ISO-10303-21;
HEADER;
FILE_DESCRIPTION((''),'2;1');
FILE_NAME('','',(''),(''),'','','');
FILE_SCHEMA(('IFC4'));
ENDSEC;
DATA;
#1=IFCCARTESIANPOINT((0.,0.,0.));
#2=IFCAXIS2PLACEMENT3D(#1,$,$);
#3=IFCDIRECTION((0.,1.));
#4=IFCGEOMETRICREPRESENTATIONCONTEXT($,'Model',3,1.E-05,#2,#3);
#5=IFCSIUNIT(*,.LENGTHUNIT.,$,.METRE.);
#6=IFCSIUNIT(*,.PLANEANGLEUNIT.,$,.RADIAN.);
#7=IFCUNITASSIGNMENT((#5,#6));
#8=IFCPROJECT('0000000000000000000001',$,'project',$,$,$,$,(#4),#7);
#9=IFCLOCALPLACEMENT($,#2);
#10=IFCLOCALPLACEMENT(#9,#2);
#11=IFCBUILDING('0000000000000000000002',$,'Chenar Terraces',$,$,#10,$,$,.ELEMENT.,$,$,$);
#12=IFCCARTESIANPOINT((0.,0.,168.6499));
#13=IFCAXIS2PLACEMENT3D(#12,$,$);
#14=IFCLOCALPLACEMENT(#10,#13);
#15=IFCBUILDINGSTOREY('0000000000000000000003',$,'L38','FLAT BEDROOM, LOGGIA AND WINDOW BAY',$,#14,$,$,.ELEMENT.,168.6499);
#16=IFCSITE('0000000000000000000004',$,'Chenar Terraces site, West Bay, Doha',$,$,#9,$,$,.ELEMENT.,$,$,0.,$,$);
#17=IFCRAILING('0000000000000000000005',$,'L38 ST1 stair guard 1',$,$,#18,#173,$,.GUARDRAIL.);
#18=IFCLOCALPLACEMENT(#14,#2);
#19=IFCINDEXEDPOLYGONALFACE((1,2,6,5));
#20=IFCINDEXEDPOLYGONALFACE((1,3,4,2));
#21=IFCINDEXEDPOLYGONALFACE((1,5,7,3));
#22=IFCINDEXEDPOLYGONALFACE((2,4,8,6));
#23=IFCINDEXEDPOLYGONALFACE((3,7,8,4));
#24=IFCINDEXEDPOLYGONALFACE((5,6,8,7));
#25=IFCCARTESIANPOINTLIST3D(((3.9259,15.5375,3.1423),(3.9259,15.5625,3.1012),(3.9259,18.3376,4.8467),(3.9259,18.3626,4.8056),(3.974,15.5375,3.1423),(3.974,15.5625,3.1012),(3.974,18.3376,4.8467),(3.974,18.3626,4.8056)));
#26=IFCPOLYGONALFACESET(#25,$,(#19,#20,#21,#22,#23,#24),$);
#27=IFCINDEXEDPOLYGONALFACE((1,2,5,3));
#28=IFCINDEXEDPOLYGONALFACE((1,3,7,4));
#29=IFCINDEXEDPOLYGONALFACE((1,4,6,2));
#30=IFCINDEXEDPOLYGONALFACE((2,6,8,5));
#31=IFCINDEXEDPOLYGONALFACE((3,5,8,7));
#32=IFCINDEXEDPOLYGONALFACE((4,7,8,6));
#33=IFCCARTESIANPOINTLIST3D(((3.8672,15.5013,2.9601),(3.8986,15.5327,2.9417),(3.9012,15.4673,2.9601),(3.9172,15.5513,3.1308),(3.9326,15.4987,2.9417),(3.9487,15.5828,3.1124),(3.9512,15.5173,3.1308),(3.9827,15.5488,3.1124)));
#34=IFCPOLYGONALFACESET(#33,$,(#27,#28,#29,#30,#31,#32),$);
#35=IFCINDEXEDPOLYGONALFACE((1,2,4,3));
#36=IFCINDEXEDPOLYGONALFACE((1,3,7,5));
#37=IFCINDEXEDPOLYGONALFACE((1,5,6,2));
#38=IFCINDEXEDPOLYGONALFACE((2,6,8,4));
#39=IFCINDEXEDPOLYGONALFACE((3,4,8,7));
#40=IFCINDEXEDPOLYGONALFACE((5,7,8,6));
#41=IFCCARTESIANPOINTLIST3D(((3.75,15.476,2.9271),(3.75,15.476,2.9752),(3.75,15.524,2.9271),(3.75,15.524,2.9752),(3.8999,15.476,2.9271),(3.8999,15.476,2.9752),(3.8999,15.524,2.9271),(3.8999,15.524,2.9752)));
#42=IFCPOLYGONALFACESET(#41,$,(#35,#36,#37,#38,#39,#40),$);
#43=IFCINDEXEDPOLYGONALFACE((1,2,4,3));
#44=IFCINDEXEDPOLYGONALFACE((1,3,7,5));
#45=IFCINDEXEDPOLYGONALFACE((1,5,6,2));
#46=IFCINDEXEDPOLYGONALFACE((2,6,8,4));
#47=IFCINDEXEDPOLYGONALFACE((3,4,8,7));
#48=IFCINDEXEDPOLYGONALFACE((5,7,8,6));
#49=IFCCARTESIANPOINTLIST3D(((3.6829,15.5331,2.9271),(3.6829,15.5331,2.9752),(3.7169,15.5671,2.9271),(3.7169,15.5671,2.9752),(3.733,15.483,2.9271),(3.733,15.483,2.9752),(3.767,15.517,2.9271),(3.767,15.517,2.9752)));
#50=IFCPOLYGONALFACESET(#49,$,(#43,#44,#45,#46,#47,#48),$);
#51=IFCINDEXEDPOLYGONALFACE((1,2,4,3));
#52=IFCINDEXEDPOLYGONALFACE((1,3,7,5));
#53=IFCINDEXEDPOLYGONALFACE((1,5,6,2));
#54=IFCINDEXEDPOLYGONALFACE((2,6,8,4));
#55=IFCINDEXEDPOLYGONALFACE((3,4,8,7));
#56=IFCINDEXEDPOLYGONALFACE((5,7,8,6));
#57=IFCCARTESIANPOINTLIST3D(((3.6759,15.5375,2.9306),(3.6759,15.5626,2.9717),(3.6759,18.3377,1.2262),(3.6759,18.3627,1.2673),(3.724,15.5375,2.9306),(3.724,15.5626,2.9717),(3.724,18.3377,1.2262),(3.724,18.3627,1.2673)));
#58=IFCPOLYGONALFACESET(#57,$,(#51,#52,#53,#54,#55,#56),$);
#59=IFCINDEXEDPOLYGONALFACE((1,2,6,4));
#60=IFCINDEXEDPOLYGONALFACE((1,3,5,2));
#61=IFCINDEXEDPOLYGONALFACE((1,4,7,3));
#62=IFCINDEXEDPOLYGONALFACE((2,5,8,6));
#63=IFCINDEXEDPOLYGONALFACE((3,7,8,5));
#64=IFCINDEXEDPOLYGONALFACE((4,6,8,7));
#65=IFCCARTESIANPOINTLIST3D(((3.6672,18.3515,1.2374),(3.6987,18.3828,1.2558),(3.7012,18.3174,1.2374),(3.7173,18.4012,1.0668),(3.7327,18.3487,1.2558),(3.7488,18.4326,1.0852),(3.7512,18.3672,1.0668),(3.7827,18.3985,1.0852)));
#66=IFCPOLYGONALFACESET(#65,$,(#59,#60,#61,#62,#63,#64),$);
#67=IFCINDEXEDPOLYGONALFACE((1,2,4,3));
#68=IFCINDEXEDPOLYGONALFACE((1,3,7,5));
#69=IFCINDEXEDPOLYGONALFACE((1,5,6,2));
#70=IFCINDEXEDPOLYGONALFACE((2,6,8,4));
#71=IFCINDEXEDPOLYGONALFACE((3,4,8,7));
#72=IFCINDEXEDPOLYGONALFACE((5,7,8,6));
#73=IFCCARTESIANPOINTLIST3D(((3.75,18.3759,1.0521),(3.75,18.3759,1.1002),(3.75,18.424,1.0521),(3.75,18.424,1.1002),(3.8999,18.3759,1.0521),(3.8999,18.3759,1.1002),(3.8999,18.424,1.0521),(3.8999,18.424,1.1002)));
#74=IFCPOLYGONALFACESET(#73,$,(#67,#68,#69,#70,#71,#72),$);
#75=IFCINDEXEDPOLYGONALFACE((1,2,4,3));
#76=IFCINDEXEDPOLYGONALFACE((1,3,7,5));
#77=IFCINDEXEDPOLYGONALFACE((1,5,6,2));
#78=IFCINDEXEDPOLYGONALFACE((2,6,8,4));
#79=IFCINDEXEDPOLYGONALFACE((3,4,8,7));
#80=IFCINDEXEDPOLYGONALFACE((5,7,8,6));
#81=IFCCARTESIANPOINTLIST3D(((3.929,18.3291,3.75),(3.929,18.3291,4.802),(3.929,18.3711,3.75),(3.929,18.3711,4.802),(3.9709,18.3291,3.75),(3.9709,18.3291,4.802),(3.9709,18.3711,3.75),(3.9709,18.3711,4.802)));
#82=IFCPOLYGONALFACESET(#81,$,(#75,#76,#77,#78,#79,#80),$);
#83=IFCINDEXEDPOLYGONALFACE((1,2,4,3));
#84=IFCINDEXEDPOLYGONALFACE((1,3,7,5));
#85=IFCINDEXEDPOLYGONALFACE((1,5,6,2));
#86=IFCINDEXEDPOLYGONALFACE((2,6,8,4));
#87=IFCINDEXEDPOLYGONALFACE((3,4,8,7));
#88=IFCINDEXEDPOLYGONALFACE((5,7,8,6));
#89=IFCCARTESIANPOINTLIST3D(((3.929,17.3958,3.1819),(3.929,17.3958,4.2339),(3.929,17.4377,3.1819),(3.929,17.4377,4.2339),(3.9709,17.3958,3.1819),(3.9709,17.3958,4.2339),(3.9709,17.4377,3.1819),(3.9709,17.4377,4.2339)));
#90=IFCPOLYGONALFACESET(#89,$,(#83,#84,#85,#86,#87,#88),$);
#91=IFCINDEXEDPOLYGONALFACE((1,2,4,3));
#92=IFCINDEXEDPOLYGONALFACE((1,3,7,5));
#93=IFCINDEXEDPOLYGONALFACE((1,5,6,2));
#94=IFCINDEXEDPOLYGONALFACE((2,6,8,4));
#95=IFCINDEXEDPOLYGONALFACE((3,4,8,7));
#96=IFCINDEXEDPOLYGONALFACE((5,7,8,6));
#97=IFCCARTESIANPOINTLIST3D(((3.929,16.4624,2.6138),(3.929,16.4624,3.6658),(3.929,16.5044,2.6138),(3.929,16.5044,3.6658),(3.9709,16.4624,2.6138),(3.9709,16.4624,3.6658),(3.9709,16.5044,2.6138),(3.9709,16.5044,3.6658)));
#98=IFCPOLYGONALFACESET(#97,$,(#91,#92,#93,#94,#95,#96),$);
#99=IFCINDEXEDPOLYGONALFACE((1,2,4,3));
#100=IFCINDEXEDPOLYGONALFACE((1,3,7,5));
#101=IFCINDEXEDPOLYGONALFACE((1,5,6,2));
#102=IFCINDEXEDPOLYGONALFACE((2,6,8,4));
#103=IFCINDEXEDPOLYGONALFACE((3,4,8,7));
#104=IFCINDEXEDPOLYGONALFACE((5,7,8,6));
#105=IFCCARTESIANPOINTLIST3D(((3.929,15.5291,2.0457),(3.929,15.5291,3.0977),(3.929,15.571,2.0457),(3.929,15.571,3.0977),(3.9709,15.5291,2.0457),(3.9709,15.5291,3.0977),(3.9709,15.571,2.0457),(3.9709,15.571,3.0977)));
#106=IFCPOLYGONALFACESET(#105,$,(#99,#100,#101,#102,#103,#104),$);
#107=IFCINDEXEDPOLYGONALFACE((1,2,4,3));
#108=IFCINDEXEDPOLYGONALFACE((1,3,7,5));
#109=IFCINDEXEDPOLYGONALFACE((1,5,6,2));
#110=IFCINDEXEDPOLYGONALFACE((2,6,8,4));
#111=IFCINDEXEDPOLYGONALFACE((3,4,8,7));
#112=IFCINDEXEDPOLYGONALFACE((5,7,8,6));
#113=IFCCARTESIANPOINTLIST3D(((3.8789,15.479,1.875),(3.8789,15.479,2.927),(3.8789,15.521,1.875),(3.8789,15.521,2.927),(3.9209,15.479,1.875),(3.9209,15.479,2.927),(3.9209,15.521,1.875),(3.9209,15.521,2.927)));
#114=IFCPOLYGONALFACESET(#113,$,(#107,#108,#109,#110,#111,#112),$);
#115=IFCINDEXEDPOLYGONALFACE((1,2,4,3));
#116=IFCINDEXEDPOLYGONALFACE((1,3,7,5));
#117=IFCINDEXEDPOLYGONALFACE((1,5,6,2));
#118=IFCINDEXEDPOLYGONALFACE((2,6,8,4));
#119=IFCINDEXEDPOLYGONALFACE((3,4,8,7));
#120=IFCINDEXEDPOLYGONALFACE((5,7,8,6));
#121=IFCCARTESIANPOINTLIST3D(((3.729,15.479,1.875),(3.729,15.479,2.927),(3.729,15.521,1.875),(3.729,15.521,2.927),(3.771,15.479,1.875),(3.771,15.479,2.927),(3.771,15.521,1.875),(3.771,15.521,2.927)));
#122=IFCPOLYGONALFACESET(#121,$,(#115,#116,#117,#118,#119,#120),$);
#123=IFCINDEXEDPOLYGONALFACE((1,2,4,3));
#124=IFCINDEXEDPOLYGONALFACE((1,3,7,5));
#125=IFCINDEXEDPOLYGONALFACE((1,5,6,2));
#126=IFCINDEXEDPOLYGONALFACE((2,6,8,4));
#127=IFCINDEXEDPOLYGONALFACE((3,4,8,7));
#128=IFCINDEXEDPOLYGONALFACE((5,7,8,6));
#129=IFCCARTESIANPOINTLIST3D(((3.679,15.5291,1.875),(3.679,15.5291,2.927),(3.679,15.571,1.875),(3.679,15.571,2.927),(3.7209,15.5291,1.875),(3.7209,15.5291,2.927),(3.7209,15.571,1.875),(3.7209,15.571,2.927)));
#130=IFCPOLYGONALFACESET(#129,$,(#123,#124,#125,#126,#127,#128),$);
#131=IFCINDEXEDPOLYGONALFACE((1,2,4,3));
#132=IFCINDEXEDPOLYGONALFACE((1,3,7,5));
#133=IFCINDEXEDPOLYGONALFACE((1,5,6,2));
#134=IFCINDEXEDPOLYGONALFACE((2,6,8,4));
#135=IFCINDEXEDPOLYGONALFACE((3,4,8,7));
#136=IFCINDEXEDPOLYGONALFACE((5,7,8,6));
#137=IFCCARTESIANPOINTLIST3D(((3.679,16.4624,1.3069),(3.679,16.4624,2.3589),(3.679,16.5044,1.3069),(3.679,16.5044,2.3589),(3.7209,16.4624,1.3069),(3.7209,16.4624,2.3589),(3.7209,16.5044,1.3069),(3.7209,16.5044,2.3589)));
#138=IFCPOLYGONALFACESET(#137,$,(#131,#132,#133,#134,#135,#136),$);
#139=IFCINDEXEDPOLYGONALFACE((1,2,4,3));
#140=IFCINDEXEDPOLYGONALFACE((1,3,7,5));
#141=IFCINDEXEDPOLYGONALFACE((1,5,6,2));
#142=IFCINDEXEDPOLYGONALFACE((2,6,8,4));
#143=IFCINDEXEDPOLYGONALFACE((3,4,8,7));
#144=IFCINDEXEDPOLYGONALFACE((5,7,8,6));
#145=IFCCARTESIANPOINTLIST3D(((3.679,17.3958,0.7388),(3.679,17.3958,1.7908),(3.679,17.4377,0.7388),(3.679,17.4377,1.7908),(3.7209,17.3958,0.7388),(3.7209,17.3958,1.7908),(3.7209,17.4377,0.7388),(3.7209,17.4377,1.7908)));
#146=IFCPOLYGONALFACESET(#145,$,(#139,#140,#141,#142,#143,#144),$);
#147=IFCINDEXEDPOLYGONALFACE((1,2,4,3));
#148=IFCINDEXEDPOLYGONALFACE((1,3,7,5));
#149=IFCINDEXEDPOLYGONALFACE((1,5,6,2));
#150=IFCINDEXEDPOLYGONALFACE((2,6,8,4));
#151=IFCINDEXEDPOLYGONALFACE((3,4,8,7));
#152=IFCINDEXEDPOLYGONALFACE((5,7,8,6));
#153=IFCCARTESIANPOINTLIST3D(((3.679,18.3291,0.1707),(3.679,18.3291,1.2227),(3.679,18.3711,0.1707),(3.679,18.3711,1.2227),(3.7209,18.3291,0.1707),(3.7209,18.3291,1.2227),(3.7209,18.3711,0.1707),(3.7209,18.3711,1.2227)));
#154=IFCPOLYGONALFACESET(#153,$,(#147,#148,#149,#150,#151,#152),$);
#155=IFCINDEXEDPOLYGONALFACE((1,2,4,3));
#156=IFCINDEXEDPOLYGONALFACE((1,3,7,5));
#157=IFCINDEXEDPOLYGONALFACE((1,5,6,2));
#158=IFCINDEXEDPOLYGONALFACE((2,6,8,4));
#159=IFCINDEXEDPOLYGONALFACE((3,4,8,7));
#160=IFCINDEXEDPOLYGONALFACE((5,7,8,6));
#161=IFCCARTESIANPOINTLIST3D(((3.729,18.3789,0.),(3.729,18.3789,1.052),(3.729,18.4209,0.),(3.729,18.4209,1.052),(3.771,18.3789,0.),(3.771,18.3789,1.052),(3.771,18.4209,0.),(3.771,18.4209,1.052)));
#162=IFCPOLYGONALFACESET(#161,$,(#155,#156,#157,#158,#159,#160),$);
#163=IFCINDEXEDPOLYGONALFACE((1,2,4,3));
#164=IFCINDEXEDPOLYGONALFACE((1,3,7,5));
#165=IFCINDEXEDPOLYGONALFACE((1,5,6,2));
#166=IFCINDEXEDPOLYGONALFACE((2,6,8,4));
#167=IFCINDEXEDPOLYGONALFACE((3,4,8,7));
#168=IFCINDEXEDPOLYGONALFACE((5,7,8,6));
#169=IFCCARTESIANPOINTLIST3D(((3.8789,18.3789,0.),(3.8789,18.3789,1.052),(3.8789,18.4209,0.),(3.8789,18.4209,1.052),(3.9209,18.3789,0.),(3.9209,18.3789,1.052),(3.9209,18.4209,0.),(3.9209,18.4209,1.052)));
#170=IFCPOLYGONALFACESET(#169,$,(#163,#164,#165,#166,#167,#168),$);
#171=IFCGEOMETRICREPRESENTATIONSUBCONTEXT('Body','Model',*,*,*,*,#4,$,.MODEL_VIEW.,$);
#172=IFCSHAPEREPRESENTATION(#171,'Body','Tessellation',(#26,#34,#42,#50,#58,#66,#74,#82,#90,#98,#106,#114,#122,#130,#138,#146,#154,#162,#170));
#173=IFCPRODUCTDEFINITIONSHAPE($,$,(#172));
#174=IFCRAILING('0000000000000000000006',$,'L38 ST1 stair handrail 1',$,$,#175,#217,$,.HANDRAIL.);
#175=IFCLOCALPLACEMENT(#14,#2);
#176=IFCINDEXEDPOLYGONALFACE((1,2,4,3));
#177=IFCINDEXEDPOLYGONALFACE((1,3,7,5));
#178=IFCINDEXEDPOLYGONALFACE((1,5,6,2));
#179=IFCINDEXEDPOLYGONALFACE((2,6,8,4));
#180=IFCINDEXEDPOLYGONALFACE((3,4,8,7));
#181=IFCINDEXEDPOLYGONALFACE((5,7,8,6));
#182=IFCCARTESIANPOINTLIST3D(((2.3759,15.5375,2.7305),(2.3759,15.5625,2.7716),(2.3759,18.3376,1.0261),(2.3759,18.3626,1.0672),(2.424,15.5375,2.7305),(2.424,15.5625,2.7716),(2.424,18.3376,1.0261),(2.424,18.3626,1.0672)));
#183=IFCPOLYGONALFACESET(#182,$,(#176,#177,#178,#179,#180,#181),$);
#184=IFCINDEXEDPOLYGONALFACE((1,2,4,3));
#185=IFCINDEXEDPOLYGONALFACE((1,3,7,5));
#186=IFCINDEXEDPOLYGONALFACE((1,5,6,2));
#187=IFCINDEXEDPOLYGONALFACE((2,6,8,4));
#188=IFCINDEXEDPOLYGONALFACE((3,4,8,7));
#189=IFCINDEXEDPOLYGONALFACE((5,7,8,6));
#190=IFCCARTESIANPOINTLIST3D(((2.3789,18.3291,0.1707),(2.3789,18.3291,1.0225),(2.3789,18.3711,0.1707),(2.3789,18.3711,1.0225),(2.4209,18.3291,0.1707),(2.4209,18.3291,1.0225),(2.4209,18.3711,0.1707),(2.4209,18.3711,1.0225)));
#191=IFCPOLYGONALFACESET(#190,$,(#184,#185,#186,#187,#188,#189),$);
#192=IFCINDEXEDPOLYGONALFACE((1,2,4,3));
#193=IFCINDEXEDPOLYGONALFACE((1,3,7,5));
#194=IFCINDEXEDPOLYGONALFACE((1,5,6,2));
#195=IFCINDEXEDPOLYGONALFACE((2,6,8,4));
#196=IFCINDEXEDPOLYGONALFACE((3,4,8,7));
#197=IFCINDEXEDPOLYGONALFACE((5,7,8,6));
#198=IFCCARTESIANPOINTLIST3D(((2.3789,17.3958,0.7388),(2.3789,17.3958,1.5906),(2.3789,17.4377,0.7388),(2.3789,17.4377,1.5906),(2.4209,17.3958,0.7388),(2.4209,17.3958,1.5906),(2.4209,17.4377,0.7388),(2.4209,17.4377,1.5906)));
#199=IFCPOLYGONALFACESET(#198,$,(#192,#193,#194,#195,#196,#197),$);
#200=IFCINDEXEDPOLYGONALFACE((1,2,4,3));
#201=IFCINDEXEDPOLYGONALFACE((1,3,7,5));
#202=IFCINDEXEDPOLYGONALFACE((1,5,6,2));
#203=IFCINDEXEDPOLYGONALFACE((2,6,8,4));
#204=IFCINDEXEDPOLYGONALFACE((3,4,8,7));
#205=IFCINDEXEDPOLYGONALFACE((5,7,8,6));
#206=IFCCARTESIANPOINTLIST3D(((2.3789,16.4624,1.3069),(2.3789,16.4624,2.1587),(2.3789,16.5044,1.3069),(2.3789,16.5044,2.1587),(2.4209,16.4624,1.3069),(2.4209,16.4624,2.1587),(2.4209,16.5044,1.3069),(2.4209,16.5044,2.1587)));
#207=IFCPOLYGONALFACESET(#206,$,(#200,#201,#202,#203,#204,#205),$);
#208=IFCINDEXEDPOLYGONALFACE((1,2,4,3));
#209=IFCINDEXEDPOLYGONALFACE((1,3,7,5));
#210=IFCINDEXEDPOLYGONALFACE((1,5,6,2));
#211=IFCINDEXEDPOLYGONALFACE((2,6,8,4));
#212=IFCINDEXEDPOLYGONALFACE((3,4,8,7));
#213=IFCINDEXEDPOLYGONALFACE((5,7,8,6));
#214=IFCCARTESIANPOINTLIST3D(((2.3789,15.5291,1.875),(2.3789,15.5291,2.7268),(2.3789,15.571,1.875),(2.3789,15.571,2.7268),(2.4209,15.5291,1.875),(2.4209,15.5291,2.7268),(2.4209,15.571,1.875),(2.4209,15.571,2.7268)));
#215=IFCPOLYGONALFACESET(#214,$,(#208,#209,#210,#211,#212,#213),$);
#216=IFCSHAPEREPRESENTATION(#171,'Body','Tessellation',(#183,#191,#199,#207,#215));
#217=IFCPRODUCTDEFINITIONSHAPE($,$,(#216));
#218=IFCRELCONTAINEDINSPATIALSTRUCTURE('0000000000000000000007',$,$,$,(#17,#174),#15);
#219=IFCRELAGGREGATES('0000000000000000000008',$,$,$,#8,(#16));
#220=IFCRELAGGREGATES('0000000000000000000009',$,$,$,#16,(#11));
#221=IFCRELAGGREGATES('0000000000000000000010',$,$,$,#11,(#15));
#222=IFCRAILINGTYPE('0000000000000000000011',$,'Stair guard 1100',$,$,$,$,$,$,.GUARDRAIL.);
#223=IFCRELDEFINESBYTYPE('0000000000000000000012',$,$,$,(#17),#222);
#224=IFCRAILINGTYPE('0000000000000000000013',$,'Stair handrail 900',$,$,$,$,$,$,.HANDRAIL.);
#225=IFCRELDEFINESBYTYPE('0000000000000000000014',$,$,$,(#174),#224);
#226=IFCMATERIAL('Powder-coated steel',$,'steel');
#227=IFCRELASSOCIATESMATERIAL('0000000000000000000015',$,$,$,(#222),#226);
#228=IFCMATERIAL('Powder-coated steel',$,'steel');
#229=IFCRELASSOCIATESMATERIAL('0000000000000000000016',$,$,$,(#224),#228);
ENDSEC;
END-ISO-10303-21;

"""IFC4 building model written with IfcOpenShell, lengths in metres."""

from ifc_helpers import new_model, si_unit, direction, frame, origin, origin_2d, place, context, subcontext, project, spatial, rectangle, extrude, material, type_object, element, save


model = new_model("IFC4")

# Units and contexts
model_context = context("Model", 3, precision=1e-05, world=origin(), true_north=direction((0.0, 1.0)))
body_context = subcontext(model_context, "Body", "Model", "MODEL_VIEW")
ifc_project = project(units=[si_unit("LENGTHUNIT", "METRE"), si_unit("PLANEANGLEUNIT", "RADIAN")], contexts=[model_context])

# Site, building, storey
site_placement = place(None, origin())
site = spatial("IfcSite", under=ifc_project, at=site_placement, Name="Chenar Terraces site, West Bay, Doha", CompositionType="ELEMENT", RefElevation=0.0)
building_placement = place(site_placement, origin())
building = spatial("IfcBuilding", under=site, at=building_placement, Name="Chenar Terraces", CompositionType="ELEMENT")
storey_placement = place(building_placement, frame((0.0, 0.0, 168.6499)))
storey = spatial("IfcBuildingStorey", under=building, at=storey_placement, Name="L38", Description="FLAT BEDROOM, LOGGIA AND WINDOW BAY", CompositionType="ELEMENT", Elevation=168.6499)

# Railings
ifc_material_1 = material(Name="Powder-coated steel", Category="steel")
railing_type_1 = type_object("IfcRailingType", Name="Stair guard 1100", PredefinedType="GUARDRAIL", material=ifc_material_1)
railing_1_placement = place(storey_placement, frame((3.95, 18.3501, 3.75)))
element("IfcRailing", 1, at=railing_1_placement, inside=storey, type_object=railing_type_1, Name="L38 ST1 stair guard 1", PredefinedType="GUARDRAIL", context=body_context, shape_type="SweptSolid", body=[
    extrude(rectangle(XDim=0.0481, YDim=0.0481, at=origin_2d()), frame((0.0, 0.0, 1.0762), z_axis=(0.0, -0.854203, -0.51994), x_axis=(1.0, 0.0, 0.0)), (0.0, 0.0, 1.0), 3.2781),
    extrude(rectangle(XDim=0.0481, YDim=0.0481, at=origin_2d()), frame((0.0, -2.8, -0.6284), z_axis=(-0.2709, -0.2709, -0.923703), x_axis=(0.707107, -0.707107, 0.0)), (0.0, 0.0, 1.0), 0.1848),
    extrude(rectangle(XDim=0.0481, YDim=0.0481, at=origin_2d()), frame((-0.05, -2.8501, -0.7988), z_axis=(-1.0, 0.0, 0.0), x_axis=(0.0, -1.0, 0.0)), (0.0, 0.0, 1.0), 0.1499),
    extrude(rectangle(XDim=0.0481, YDim=0.0481, at=origin_2d()), frame((-0.2, -2.8501, -0.7988), z_axis=(-0.707107, 0.707107, 0.0), x_axis=(-0.707107, -0.707107, 0.0)), (0.0, 0.0, 1.0), 0.0708),
    extrude(rectangle(XDim=0.0481, YDim=0.0481, at=origin_2d()), frame((-0.25, -2.8, -0.7988), z_axis=(0.0, 0.854203, -0.51994), x_axis=(-1.0, 0.0, 0.0)), (0.0, 0.0, 1.0), 3.2781),
    extrude(rectangle(XDim=0.0481, YDim=0.0481, at=origin_2d()), frame((-0.25, 0.0, -2.5034), z_axis=(0.270997, 0.269675, -0.924033), x_axis=(-0.705376, 0.708834, 0.0)), (0.0, 0.0, 1.0), 0.1846),
    extrude(rectangle(XDim=0.0481, YDim=0.0481, at=origin_2d()), frame((-0.2, 0.0498, -2.6738), z_axis=(1.0, 0.0, 0.0), x_axis=(0.0, 1.0, 0.0)), (0.0, 0.0, 1.0), 0.1499),
    extrude(rectangle(XDim=0.042, YDim=0.042, at=origin_2d()), origin(), (0.0, 0.0, 1.0), 1.052),
    extrude(rectangle(XDim=0.042, YDim=0.042, at=origin_2d()), frame((0.0, -0.9333, -0.5681)), (0.0, 0.0, 1.0), 1.052),
    extrude(rectangle(XDim=0.042, YDim=0.042, at=origin_2d()), frame((0.0, -1.8667, -1.1362)), (0.0, 0.0, 1.0), 1.052),
    extrude(rectangle(XDim=0.042, YDim=0.042, at=origin_2d()), frame((0.0, -2.8, -1.7043)), (0.0, 0.0, 1.0), 1.052),
    extrude(rectangle(XDim=0.042, YDim=0.042, at=origin_2d()), frame((-0.05, -2.8501, -1.875)), (0.0, 0.0, 1.0), 1.052),
    extrude(rectangle(XDim=0.042, YDim=0.042, at=origin_2d()), frame((-0.2, -2.8501, -1.875)), (0.0, 0.0, 1.0), 1.052),
    extrude(rectangle(XDim=0.042, YDim=0.042, at=origin_2d()), frame((-0.25, -2.8, -1.875)), (0.0, 0.0, 1.0), 1.052),
    extrude(rectangle(XDim=0.042, YDim=0.042, at=origin_2d()), frame((-0.25, -1.8667, -2.4431)), (0.0, 0.0, 1.0), 1.052),
    extrude(rectangle(XDim=0.042, YDim=0.042, at=origin_2d()), frame((-0.25, -0.9333, -3.0112)), (0.0, 0.0, 1.0), 1.052),
    extrude(rectangle(XDim=0.042, YDim=0.042, at=origin_2d()), frame((-0.25, 0.0, -3.5793)), (0.0, 0.0, 1.0), 1.052),
    extrude(rectangle(XDim=0.042, YDim=0.042, at=origin_2d()), frame((-0.2, 0.0498, -3.75)), (0.0, 0.0, 1.0), 1.052),
    extrude(rectangle(XDim=0.042, YDim=0.042, at=origin_2d()), frame((-0.05, 0.0498, -3.75)), (0.0, 0.0, 1.0), 1.052),
])
ifc_material_2 = material(Name="Powder-coated steel", Category="steel")
railing_type_2 = type_object("IfcRailingType", Name="Stair handrail 900", PredefinedType="HANDRAIL", material=ifc_material_2)
railing_2_placement = place(storey_placement, frame((2.3999, 18.3501, 0.1707)))
element("IfcRailing", 2, at=railing_2_placement, inside=storey, type_object=railing_type_2, Name="L38 ST1 stair handrail 1", PredefinedType="HANDRAIL", context=body_context, shape_type="SweptSolid", body=[
    extrude(rectangle(XDim=0.0481, YDim=0.0481, at=origin_2d()), frame((0.0, 0.0, 0.876), z_axis=(0.0, -0.854203, 0.51994), x_axis=(1.0, 0.0, 0.0)), (0.0, 0.0, 1.0), 3.2781),
    extrude(rectangle(XDim=0.042, YDim=0.042, at=origin_2d()), origin(), (0.0, 0.0, 1.0), 0.8518),
    extrude(rectangle(XDim=0.042, YDim=0.042, at=origin_2d()), frame((0.0, -0.9333, 0.5681)), (0.0, 0.0, 1.0), 0.8518),
    extrude(rectangle(XDim=0.042, YDim=0.042, at=origin_2d()), frame((0.0, -1.8667, 1.1362)), (0.0, 0.0, 1.0), 0.8518),
    extrude(rectangle(XDim=0.042, YDim=0.042, at=origin_2d()), frame((0.0, -2.8, 1.7043)), (0.0, 0.0, 1.0), 0.8518),
])

save(model, "model.ifc")
